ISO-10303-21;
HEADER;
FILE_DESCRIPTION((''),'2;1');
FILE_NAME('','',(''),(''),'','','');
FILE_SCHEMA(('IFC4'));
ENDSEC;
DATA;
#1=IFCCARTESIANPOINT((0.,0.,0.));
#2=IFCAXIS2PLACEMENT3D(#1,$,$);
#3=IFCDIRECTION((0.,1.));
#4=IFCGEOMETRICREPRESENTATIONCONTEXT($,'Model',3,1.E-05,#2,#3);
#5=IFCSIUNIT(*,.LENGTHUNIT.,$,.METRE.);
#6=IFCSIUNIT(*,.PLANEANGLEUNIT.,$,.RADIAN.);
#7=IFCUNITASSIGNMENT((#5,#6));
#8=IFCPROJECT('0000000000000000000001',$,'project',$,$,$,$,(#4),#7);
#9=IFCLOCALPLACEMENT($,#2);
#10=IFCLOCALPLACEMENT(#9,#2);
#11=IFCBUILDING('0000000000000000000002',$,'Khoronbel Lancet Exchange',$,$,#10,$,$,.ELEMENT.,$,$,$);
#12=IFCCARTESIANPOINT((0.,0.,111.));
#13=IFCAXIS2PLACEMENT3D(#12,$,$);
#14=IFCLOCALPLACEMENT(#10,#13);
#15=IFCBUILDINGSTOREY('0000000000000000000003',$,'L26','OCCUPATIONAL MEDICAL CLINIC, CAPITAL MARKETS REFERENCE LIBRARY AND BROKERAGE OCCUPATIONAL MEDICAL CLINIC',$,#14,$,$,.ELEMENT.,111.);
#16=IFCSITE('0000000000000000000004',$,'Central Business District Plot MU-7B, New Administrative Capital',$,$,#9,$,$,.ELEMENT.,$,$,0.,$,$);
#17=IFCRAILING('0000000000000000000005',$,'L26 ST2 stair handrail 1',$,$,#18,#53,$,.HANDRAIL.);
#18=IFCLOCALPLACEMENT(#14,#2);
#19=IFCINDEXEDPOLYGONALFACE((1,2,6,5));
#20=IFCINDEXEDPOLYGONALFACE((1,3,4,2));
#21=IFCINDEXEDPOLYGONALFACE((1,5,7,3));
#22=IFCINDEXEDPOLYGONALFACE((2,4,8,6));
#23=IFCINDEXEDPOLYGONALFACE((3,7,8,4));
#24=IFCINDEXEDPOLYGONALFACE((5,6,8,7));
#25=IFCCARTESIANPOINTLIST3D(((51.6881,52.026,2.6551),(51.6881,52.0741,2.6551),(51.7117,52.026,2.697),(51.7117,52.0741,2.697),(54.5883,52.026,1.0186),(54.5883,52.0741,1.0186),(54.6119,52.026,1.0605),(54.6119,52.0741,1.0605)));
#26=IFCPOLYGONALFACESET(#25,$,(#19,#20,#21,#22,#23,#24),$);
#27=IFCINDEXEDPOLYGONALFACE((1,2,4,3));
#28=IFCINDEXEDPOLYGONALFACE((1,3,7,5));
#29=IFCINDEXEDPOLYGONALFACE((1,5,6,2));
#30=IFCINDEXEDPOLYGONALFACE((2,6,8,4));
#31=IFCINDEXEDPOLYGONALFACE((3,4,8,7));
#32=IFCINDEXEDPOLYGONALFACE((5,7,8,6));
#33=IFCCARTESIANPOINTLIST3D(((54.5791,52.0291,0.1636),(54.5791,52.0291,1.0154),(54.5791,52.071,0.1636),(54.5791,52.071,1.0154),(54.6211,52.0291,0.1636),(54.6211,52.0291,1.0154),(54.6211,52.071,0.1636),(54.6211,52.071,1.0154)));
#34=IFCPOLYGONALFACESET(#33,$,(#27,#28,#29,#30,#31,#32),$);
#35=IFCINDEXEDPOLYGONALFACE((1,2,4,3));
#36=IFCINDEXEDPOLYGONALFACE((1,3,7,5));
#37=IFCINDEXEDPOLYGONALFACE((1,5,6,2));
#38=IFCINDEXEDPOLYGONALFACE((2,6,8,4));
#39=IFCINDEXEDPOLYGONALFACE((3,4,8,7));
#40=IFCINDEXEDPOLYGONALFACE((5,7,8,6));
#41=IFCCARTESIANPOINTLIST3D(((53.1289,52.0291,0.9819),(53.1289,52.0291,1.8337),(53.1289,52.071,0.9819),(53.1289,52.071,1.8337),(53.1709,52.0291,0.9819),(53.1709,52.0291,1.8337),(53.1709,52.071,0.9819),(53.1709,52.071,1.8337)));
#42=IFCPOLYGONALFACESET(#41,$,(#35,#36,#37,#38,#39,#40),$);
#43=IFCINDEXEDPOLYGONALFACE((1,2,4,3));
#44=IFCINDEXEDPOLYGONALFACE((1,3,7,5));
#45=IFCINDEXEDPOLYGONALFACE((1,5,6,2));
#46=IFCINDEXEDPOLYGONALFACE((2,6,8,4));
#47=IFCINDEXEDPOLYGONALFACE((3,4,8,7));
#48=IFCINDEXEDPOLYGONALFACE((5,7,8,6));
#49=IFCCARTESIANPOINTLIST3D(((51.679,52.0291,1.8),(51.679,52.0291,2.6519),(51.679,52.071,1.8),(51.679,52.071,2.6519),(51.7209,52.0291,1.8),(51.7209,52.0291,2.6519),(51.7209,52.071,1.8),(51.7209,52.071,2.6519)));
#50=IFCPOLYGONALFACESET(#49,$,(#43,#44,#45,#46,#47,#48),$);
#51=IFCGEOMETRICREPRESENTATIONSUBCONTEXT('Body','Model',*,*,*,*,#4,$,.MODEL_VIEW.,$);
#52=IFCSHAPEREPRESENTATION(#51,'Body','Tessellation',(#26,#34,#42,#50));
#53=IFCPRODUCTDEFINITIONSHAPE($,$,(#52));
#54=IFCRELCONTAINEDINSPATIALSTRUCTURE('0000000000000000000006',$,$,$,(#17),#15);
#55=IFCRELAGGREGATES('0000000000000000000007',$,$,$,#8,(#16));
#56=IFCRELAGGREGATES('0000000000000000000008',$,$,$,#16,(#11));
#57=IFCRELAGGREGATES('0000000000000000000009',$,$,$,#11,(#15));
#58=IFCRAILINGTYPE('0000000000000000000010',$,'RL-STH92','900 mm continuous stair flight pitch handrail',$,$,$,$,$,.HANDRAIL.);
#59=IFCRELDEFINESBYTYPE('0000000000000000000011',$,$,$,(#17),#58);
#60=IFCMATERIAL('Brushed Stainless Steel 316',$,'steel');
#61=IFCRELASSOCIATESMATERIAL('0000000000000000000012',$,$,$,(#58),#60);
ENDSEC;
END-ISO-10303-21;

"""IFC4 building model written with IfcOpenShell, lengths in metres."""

from ifc_helpers import new_model, si_unit, direction, frame, origin, origin_2d, place, context, subcontext, project, spatial, rectangle, extrude, material, type_object, element, save


model = new_model("IFC4")

# Units and contexts
model_context = context("Model", 3, precision=1e-05, world=origin(), true_north=direction((0.0, 1.0)))
body_context = subcontext(model_context, "Body", "Model", "MODEL_VIEW")
ifc_project = project(units=[si_unit("LENGTHUNIT", "METRE"), si_unit("PLANEANGLEUNIT", "RADIAN")], contexts=[model_context])

# Site, building, storey
site_placement = place(None, origin())
site = spatial("IfcSite", under=ifc_project, at=site_placement, Name="Central Business District Plot MU-7B, New Administrative Capital", CompositionType="ELEMENT", RefElevation=0.0)
building_placement = place(site_placement, origin())
building = spatial("IfcBuilding", under=site, at=building_placement, Name="Khoronbel Lancet Exchange", CompositionType="ELEMENT")
storey_placement = place(building_placement, frame((0.0, 0.0, 111.0)))
storey = spatial("IfcBuildingStorey", under=building, at=storey_placement, Name="L26", Description="OCCUPATIONAL MEDICAL CLINIC, CAPITAL MARKETS REFERENCE LIBRARY AND BROKERAGE OCCUPATIONAL MEDICAL CLINIC", CompositionType="ELEMENT", Elevation=111.0)

# Railing
ifc_material_1 = material(Name="Brushed Stainless Steel 316", Category="steel")
railing_type_1 = type_object("IfcRailingType", Name="RL-STH92", Description="900 mm continuous stair flight pitch handrail", PredefinedType="HANDRAIL", material=ifc_material_1)
railing_1_placement = place(storey_placement, frame((54.6001, 52.05, 0.1636)))
element("IfcRailing", 1, at=railing_1_placement, inside=storey, type_object=railing_type_1, Name="L26 ST2 stair handrail 1", PredefinedType="HANDRAIL", context=body_context, shape_type="SweptSolid", body=[
    extrude(rectangle(XDim=0.0481, YDim=0.0481, at=origin_2d()), frame((0.0, 0.0, 0.876), z_axis=(-0.870915, 0.0, 0.491434), x_axis=(0.0, -1.0, 0.0)), (0.0, 0.0, 1.0), 3.3301),
    extrude(rectangle(XDim=0.042, YDim=0.042, at=origin_2d()), origin(), (0.0, 0.0, 1.0), 0.8518),
    extrude(rectangle(XDim=0.042, YDim=0.042, at=origin_2d()), frame((-1.4502, 0.0, 0.8184)), (0.0, 0.0, 1.0), 0.8518),
    extrude(rectangle(XDim=0.042, YDim=0.042, at=origin_2d()), frame((-2.9001, 0.0, 1.6365)), (0.0, 0.0, 1.0), 0.8518),
])

save(model, "model.ifc")
